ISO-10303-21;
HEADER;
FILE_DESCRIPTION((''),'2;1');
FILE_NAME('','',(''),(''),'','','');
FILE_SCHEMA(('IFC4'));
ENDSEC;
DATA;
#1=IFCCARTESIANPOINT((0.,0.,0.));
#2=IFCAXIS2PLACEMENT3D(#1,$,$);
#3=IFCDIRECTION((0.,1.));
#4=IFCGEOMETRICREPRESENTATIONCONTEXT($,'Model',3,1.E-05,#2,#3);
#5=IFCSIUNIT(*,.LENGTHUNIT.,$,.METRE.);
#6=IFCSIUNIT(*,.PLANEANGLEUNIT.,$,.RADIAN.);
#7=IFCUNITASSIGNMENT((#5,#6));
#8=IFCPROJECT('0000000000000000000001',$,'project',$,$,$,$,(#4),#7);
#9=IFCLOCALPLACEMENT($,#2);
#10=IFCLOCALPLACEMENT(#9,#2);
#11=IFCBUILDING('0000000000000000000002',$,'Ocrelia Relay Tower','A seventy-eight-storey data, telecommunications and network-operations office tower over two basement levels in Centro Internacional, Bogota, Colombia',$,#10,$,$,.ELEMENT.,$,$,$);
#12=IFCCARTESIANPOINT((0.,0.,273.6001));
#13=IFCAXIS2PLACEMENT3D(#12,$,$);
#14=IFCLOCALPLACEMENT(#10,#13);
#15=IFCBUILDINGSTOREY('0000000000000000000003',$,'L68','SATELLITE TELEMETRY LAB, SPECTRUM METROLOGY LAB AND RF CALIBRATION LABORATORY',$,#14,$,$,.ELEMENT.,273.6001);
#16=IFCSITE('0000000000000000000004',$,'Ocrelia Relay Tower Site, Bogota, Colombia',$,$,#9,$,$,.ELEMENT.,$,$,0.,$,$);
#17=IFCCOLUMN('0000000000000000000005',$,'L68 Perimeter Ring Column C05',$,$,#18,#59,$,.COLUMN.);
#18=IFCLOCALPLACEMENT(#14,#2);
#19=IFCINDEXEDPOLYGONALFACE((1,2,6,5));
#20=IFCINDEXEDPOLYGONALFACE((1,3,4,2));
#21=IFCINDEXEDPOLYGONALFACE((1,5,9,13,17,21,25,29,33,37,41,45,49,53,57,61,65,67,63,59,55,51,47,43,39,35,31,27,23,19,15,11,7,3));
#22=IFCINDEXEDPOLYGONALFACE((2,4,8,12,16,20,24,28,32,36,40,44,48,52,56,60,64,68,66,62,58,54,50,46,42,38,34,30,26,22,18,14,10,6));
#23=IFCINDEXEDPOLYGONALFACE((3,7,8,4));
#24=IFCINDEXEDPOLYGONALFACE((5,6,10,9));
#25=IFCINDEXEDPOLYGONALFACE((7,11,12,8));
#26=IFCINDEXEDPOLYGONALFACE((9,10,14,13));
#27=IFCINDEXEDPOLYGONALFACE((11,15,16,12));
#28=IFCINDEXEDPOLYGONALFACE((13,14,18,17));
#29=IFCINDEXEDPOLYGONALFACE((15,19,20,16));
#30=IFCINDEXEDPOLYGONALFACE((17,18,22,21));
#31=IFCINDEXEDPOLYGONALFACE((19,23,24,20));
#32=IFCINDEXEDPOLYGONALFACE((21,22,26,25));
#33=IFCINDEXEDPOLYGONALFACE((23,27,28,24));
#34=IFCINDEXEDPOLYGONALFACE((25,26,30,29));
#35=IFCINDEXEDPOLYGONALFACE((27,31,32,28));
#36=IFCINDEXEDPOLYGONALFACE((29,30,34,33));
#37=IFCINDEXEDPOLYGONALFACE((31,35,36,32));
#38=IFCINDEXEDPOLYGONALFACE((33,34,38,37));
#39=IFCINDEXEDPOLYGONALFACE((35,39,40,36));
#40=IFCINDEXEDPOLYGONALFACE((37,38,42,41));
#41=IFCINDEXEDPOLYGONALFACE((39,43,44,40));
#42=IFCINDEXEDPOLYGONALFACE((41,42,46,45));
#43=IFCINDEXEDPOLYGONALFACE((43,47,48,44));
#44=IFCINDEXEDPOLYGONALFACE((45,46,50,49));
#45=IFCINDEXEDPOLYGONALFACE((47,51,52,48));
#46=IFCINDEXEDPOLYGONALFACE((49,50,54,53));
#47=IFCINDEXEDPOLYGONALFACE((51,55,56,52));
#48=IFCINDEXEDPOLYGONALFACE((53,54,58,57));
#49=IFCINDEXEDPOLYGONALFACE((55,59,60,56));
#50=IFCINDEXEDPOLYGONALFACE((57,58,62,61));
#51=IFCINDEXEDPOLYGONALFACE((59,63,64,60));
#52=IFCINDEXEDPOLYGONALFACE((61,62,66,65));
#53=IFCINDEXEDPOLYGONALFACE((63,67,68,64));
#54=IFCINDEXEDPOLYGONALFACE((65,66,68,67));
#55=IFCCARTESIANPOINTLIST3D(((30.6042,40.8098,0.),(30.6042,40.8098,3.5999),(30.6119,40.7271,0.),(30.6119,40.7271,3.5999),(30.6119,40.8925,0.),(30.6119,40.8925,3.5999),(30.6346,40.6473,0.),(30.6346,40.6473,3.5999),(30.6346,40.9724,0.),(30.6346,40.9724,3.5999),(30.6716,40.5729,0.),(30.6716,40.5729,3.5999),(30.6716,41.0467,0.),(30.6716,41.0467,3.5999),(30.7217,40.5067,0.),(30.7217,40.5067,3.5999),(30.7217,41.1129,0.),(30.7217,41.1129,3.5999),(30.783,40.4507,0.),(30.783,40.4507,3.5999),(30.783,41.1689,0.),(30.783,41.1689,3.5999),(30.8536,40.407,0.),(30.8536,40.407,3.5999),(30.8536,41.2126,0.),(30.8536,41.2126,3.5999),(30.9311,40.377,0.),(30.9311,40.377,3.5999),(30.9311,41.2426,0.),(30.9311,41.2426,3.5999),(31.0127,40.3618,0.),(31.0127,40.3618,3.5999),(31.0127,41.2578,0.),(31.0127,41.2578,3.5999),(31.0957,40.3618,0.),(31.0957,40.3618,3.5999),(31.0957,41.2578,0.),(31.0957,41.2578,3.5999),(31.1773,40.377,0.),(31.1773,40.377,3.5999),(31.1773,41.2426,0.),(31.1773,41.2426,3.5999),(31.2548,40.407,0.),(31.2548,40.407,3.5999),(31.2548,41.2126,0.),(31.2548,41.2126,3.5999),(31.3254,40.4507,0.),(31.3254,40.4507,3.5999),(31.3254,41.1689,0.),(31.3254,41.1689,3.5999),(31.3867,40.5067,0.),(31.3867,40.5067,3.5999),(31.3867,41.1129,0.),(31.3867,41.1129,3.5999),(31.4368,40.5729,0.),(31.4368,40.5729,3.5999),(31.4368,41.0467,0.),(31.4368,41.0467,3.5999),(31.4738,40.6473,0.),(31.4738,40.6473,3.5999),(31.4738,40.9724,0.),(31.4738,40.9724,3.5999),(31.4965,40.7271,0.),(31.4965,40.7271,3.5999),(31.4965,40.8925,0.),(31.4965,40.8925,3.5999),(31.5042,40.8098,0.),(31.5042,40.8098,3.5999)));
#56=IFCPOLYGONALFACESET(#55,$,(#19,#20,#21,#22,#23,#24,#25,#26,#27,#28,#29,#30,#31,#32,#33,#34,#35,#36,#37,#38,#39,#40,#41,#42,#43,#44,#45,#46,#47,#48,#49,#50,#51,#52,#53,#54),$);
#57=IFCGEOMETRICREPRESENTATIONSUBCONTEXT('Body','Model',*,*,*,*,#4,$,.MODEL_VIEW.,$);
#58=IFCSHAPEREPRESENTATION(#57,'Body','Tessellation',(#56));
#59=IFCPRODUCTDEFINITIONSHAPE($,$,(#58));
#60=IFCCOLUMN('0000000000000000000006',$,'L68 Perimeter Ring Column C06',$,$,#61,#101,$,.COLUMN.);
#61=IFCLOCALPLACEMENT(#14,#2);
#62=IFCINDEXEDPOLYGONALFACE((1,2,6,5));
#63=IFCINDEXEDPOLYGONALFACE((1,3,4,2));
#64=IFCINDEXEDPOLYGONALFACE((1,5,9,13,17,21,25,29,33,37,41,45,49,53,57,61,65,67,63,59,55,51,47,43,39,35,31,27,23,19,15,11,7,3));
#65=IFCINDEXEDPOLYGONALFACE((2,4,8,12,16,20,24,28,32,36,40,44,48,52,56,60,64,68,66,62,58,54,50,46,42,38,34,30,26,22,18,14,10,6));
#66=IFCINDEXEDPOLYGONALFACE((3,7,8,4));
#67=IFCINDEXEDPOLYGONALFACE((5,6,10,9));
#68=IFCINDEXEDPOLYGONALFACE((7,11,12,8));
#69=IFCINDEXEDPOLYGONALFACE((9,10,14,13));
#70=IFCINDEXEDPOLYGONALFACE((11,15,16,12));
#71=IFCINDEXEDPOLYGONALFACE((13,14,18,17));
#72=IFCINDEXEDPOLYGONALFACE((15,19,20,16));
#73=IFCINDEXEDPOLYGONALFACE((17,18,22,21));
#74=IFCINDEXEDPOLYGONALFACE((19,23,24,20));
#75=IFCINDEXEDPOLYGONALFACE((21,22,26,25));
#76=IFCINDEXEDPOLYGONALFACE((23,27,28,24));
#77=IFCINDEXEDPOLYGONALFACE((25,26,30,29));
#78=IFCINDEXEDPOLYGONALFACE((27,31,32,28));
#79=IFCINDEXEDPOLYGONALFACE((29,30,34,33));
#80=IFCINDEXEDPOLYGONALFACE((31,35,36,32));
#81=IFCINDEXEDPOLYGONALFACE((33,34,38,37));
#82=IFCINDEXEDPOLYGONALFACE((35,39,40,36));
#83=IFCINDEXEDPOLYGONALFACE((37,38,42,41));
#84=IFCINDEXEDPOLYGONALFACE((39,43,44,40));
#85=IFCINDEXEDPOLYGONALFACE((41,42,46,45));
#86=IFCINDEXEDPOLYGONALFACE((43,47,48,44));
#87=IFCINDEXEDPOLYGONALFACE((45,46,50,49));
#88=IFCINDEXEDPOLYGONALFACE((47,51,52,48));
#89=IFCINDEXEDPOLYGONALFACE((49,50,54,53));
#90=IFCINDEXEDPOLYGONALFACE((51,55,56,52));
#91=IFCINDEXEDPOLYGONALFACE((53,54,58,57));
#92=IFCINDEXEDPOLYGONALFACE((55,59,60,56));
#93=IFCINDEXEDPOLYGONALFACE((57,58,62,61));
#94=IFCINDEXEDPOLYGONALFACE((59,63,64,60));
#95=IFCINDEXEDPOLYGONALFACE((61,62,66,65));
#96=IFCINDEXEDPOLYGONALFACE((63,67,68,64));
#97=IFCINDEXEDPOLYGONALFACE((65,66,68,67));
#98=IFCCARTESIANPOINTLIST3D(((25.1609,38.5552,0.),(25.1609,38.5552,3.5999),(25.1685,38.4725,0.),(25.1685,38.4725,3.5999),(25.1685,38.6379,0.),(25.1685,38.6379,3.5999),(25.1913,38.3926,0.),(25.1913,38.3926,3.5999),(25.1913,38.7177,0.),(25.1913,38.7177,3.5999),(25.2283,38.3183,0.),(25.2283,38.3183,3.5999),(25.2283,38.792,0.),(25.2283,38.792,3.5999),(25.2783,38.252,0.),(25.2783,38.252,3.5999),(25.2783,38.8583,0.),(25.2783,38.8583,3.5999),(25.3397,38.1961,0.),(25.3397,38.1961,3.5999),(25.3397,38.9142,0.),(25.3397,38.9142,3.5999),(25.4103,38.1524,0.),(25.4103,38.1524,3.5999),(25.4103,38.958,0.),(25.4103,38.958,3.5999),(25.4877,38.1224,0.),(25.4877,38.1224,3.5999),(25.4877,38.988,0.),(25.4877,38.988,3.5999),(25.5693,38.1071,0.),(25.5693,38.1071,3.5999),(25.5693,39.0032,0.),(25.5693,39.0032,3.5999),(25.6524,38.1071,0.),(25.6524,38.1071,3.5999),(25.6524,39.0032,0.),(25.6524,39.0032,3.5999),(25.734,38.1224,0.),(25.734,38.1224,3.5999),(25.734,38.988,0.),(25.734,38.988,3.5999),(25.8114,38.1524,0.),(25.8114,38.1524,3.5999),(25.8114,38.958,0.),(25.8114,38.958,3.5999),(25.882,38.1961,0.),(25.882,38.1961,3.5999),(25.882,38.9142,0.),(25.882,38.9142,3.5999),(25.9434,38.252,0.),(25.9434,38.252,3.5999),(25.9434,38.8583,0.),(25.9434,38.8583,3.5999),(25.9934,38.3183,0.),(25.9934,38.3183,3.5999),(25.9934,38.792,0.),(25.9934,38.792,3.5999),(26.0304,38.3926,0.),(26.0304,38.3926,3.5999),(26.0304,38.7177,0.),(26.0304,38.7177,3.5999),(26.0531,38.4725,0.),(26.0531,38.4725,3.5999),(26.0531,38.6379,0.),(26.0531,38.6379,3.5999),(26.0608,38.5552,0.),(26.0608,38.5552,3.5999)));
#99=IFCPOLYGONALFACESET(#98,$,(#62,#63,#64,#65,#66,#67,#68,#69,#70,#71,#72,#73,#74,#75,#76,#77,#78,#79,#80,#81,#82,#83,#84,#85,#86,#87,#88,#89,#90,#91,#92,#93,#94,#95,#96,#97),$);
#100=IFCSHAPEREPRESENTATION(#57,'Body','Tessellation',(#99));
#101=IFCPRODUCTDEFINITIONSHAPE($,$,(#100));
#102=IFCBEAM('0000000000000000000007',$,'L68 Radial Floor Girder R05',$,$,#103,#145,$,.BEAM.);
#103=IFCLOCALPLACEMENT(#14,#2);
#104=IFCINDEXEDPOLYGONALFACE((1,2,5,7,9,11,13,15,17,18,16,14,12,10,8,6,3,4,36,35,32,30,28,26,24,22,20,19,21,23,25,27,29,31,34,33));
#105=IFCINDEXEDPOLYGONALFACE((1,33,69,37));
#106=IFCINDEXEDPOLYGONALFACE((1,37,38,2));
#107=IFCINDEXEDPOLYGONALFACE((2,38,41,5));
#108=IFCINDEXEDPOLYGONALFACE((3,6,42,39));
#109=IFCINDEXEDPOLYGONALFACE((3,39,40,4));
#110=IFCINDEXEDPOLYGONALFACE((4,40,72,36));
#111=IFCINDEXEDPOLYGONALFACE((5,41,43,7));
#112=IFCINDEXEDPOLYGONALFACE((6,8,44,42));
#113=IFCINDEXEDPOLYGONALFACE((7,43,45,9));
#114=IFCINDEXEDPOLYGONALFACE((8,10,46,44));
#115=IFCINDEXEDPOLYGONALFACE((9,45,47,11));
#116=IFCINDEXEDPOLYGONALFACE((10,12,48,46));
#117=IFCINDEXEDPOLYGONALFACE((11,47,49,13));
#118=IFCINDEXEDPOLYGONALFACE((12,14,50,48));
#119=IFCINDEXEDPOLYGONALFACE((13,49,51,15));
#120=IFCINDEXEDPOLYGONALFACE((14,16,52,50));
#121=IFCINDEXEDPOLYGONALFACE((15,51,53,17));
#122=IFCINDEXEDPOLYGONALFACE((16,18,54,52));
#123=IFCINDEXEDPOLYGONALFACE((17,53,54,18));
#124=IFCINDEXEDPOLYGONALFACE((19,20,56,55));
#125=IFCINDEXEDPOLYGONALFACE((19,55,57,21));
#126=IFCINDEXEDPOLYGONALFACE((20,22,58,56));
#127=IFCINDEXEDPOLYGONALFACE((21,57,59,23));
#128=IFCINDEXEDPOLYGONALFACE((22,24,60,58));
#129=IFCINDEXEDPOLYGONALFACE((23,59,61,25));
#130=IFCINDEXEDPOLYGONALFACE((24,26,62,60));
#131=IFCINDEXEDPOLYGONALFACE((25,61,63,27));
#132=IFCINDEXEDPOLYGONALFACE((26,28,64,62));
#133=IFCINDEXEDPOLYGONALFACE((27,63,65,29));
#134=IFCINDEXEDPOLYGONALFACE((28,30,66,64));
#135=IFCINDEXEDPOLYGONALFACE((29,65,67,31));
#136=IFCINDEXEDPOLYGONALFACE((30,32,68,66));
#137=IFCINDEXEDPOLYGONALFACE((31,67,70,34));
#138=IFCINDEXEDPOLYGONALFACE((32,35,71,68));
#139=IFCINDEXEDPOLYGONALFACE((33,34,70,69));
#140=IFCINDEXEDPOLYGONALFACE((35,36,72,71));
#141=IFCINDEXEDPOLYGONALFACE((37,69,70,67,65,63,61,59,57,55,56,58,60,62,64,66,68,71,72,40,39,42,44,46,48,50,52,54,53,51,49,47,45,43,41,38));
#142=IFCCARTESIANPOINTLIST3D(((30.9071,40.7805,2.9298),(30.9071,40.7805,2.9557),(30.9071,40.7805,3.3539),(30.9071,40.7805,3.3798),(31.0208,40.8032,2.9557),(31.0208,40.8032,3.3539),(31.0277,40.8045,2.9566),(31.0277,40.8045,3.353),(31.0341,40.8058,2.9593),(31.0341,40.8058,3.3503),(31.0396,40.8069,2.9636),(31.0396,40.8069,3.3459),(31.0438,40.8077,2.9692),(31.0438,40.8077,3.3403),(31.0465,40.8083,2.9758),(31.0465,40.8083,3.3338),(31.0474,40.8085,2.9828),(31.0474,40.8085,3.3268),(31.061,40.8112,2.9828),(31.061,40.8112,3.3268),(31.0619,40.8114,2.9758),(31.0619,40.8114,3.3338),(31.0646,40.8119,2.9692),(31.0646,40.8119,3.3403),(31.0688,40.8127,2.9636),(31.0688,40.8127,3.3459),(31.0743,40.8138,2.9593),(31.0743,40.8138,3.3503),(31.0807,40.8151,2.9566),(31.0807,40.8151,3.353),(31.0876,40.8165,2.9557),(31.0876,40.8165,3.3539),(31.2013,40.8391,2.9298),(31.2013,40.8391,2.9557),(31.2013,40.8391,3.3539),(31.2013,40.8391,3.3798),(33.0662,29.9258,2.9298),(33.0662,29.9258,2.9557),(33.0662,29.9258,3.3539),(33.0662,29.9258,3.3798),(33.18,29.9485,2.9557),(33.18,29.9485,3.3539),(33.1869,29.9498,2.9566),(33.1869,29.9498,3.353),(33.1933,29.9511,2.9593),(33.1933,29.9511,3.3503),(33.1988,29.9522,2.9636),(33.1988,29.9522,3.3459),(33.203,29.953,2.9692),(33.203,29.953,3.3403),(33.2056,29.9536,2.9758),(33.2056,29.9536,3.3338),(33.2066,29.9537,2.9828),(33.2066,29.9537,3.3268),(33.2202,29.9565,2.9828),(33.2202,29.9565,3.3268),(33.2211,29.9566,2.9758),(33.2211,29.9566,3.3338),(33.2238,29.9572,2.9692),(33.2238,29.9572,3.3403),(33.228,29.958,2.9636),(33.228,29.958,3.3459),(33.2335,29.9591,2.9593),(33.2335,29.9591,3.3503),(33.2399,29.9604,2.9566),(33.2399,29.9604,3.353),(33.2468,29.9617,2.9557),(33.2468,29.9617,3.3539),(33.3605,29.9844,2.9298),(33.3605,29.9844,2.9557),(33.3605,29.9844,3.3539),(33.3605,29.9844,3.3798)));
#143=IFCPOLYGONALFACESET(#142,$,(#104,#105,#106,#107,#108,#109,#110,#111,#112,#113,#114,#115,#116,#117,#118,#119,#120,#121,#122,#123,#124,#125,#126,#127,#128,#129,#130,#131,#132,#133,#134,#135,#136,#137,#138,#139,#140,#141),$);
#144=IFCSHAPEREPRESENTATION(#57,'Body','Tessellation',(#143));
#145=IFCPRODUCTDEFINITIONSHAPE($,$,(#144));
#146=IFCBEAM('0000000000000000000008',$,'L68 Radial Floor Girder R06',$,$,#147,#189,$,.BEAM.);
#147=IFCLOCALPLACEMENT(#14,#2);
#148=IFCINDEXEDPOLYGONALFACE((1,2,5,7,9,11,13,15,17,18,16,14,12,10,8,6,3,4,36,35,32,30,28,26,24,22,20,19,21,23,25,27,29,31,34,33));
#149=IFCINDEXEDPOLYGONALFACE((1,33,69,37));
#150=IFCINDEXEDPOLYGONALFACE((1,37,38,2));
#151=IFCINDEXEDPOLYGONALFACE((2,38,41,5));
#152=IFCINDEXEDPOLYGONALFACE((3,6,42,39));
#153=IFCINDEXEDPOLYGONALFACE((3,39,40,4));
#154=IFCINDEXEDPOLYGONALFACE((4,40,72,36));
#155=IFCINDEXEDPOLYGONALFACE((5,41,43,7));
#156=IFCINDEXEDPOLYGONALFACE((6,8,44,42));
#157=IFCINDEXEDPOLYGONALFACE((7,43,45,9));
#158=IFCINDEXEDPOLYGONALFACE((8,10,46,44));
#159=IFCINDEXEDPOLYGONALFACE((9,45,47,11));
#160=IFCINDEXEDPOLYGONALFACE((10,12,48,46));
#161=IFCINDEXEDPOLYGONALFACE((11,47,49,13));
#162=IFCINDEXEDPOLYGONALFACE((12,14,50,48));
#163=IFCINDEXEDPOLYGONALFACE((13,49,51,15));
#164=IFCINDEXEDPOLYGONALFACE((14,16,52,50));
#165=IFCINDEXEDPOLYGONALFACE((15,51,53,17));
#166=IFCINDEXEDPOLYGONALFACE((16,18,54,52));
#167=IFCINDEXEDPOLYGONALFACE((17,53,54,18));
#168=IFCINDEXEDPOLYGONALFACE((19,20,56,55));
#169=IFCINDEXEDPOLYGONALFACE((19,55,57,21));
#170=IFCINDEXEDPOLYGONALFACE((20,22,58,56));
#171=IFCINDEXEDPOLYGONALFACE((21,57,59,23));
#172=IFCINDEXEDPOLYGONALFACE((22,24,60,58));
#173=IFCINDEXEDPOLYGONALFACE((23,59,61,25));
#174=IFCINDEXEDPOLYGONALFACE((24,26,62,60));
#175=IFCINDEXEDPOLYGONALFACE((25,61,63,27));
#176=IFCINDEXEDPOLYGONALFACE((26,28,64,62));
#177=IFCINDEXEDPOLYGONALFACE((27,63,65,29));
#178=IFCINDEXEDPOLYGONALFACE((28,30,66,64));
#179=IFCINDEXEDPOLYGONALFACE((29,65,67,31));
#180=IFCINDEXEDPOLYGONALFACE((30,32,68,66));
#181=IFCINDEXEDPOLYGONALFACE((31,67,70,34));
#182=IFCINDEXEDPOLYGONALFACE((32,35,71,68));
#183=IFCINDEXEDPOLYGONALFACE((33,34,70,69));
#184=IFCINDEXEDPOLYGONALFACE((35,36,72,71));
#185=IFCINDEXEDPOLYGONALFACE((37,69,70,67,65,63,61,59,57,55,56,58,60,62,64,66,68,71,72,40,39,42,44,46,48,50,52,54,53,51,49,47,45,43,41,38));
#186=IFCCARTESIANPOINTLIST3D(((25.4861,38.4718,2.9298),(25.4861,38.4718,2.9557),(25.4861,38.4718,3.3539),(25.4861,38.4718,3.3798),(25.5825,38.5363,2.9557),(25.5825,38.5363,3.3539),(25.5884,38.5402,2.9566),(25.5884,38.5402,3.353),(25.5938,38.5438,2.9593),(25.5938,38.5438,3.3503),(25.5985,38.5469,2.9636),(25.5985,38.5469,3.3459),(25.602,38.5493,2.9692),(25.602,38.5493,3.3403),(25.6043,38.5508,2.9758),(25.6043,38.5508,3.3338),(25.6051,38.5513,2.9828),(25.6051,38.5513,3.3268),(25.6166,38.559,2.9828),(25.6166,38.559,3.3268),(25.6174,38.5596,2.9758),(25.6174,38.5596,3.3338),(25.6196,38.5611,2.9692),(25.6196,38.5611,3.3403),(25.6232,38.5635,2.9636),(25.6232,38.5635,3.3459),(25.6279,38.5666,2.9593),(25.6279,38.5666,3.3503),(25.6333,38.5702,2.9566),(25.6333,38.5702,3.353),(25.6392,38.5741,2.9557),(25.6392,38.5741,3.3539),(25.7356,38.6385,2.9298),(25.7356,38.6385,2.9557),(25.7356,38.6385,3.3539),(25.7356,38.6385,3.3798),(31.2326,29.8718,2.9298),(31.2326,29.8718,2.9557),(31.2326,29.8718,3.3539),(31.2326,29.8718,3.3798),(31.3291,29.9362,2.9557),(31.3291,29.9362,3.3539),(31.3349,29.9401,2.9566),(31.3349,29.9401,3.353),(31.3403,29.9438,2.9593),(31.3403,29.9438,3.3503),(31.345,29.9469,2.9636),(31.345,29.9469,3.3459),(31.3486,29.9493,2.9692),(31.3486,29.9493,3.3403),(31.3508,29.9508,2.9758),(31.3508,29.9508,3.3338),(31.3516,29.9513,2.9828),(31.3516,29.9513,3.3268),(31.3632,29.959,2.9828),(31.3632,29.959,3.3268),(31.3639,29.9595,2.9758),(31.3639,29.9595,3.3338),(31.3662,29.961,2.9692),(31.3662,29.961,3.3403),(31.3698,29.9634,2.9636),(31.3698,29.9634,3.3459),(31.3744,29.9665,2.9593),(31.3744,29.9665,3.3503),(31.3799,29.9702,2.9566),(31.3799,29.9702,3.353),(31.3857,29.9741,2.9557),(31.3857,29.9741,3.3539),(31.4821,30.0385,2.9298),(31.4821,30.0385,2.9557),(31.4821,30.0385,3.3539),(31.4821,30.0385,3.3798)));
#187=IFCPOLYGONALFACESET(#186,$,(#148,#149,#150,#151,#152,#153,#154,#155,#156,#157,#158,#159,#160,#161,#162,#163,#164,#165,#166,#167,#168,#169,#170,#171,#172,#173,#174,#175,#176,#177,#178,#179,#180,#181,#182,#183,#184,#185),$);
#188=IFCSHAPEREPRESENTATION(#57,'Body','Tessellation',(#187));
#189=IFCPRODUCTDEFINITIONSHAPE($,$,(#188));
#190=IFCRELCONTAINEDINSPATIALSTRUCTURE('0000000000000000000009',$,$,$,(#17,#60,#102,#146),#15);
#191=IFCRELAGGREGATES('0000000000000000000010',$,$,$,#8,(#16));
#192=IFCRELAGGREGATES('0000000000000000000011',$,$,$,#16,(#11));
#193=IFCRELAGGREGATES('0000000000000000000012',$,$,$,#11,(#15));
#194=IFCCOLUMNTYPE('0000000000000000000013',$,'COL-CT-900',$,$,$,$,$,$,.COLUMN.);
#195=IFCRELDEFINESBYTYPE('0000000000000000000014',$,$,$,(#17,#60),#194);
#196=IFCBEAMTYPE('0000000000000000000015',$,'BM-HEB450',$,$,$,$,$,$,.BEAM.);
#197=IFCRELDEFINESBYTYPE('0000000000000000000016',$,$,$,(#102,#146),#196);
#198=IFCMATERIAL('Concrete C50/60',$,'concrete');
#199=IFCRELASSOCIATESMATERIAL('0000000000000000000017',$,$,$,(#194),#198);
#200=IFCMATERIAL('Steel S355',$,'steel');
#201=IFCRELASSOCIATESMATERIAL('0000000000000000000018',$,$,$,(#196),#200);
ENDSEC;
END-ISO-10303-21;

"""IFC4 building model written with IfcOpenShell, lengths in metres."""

from ifc_helpers import new_model, si_unit, direction, frame, origin, origin_2d, place, context, subcontext, project, spatial, circle, i_section, extrude, material, material_profile, profile_set, type_object, element, save


model = new_model("IFC4")

# Units and contexts
model_context = context("Model", 3, precision=1e-05, world=origin(), true_north=direction((0.0, 1.0)))
body_context = subcontext(model_context, "Body", "Model", "MODEL_VIEW")
ifc_project = project(units=[si_unit("LENGTHUNIT", "METRE"), si_unit("PLANEANGLEUNIT", "RADIAN")], contexts=[model_context])

# Site, building, storey
site_placement = place(None, origin())
site = spatial("IfcSite", under=ifc_project, at=site_placement, Name="Ocrelia Relay Tower Site, Bogota, Colombia", CompositionType="ELEMENT", RefElevation=0.0)
building_placement = place(site_placement, origin())
building = spatial("IfcBuilding", under=site, at=building_placement, Name="Ocrelia Relay Tower", Description="A seventy-eight-storey data, telecommunications and network-operations office tower over two basement levels in Centro Internacional, Bogota, Colombia", CompositionType="ELEMENT")
storey_placement = place(building_placement, frame((0.0, 0.0, 273.6001)))
storey = spatial("IfcBuildingStorey", under=building, at=storey_placement, Name="L68", Description="SATELLITE TELEMETRY LAB, SPECTRUM METROLOGY LAB AND RF CALIBRATION LABORATORY", CompositionType="ELEMENT", Elevation=273.6001)

# Columns
ifc_material_1 = material(Name="Concrete C50/60", Category="concrete")
ifc_material_profile_1 = material_profile(ifc_material_1, circle(Radius=0.45, at=origin_2d()), Name="RC-CIR-900")
ifc_profile_set_1 = profile_set([ifc_material_profile_1], Name="Concrete C50/60")
column_type = type_object("IfcColumnType", Name="COL-CT-900", PredefinedType="COLUMN", material=ifc_profile_set_1)
for number, where, z_axis, x_axis, name in (
    (1, (31.0542, 40.8098, 0.0), (0.0, 0.0, 1.0), (1.0, 0.0, 0.0), "L68 Perimeter Ring Column C05"),
    (2, (25.6108, 38.5552, 0.0), (0.0, 0.0, 1.0), (1.0, 0.0, 0.0), "L68 Perimeter Ring Column C06"),
):
    element("IfcColumn", number, at=place(storey_placement, frame(where, z_axis=z_axis, x_axis=x_axis)), inside=storey, type_object=column_type, Name=name, PredefinedType="COLUMN", context=body_context, shape_type="SweptSolid", body=[
        extrude(circle(Radius=0.45, at=origin_2d()), origin(), (0.0, 0.0, 1.0), 3.5999),
    ])

# Beams
ifc_material_2 = material(Name="Steel S355", Category="steel")
ifc_material_profile_2 = material_profile(ifc_material_2, i_section(OverallWidth=0.3, OverallDepth=0.45, WebThickness=0.0139, FlangeThickness=0.0259, FilletRadius=0.0271, at=origin_2d()), Name="HEB 450")
ifc_profile_set_2 = profile_set([ifc_material_profile_2], Name="Steel S355")
beam_type_1 = type_object("IfcBeamType", Name="BM-HEB450", PredefinedType="BEAM", material=ifc_profile_set_2)
beam_1_placement = place(storey_placement, frame((31.0542, 40.8098, 3.1548), z_axis=(0.195094, -0.980785, 0.0), x_axis=(0.980785, 0.195094, 0.0)))
element("IfcBeam", 3, at=beam_1_placement, inside=storey, type_object=beam_type_1, Name="L68 Radial Floor Girder R05", PredefinedType="BEAM", context=body_context, shape_type="SweptSolid", body=[
    extrude(i_section(OverallWidth=0.3, OverallDepth=0.45, WebThickness=0.0139, FlangeThickness=0.0259, FilletRadius=0.0271, at=origin_2d()), origin(), (0.0, 0.0, 1.0), 11.0674),
])
beam_2_placement = place(storey_placement, frame((25.6108, 38.5552, 3.1548), z_axis=(0.555582, -0.831462, 0.0), x_axis=(0.831462, 0.555582, 0.0)))
element("IfcBeam", 4, at=beam_2_placement, inside=storey, type_object=beam_type_1, Name="L68 Radial Floor Girder R06", PredefinedType="BEAM", context=body_context, shape_type="SweptSolid", body=[
    extrude(i_section(OverallWidth=0.3, OverallDepth=0.45, WebThickness=0.0139, FlangeThickness=0.0259, FilletRadius=0.0271, at=origin_2d()), origin(), (0.0, 0.0, 1.0), 10.3433),
])

save(model, "model.ifc")
